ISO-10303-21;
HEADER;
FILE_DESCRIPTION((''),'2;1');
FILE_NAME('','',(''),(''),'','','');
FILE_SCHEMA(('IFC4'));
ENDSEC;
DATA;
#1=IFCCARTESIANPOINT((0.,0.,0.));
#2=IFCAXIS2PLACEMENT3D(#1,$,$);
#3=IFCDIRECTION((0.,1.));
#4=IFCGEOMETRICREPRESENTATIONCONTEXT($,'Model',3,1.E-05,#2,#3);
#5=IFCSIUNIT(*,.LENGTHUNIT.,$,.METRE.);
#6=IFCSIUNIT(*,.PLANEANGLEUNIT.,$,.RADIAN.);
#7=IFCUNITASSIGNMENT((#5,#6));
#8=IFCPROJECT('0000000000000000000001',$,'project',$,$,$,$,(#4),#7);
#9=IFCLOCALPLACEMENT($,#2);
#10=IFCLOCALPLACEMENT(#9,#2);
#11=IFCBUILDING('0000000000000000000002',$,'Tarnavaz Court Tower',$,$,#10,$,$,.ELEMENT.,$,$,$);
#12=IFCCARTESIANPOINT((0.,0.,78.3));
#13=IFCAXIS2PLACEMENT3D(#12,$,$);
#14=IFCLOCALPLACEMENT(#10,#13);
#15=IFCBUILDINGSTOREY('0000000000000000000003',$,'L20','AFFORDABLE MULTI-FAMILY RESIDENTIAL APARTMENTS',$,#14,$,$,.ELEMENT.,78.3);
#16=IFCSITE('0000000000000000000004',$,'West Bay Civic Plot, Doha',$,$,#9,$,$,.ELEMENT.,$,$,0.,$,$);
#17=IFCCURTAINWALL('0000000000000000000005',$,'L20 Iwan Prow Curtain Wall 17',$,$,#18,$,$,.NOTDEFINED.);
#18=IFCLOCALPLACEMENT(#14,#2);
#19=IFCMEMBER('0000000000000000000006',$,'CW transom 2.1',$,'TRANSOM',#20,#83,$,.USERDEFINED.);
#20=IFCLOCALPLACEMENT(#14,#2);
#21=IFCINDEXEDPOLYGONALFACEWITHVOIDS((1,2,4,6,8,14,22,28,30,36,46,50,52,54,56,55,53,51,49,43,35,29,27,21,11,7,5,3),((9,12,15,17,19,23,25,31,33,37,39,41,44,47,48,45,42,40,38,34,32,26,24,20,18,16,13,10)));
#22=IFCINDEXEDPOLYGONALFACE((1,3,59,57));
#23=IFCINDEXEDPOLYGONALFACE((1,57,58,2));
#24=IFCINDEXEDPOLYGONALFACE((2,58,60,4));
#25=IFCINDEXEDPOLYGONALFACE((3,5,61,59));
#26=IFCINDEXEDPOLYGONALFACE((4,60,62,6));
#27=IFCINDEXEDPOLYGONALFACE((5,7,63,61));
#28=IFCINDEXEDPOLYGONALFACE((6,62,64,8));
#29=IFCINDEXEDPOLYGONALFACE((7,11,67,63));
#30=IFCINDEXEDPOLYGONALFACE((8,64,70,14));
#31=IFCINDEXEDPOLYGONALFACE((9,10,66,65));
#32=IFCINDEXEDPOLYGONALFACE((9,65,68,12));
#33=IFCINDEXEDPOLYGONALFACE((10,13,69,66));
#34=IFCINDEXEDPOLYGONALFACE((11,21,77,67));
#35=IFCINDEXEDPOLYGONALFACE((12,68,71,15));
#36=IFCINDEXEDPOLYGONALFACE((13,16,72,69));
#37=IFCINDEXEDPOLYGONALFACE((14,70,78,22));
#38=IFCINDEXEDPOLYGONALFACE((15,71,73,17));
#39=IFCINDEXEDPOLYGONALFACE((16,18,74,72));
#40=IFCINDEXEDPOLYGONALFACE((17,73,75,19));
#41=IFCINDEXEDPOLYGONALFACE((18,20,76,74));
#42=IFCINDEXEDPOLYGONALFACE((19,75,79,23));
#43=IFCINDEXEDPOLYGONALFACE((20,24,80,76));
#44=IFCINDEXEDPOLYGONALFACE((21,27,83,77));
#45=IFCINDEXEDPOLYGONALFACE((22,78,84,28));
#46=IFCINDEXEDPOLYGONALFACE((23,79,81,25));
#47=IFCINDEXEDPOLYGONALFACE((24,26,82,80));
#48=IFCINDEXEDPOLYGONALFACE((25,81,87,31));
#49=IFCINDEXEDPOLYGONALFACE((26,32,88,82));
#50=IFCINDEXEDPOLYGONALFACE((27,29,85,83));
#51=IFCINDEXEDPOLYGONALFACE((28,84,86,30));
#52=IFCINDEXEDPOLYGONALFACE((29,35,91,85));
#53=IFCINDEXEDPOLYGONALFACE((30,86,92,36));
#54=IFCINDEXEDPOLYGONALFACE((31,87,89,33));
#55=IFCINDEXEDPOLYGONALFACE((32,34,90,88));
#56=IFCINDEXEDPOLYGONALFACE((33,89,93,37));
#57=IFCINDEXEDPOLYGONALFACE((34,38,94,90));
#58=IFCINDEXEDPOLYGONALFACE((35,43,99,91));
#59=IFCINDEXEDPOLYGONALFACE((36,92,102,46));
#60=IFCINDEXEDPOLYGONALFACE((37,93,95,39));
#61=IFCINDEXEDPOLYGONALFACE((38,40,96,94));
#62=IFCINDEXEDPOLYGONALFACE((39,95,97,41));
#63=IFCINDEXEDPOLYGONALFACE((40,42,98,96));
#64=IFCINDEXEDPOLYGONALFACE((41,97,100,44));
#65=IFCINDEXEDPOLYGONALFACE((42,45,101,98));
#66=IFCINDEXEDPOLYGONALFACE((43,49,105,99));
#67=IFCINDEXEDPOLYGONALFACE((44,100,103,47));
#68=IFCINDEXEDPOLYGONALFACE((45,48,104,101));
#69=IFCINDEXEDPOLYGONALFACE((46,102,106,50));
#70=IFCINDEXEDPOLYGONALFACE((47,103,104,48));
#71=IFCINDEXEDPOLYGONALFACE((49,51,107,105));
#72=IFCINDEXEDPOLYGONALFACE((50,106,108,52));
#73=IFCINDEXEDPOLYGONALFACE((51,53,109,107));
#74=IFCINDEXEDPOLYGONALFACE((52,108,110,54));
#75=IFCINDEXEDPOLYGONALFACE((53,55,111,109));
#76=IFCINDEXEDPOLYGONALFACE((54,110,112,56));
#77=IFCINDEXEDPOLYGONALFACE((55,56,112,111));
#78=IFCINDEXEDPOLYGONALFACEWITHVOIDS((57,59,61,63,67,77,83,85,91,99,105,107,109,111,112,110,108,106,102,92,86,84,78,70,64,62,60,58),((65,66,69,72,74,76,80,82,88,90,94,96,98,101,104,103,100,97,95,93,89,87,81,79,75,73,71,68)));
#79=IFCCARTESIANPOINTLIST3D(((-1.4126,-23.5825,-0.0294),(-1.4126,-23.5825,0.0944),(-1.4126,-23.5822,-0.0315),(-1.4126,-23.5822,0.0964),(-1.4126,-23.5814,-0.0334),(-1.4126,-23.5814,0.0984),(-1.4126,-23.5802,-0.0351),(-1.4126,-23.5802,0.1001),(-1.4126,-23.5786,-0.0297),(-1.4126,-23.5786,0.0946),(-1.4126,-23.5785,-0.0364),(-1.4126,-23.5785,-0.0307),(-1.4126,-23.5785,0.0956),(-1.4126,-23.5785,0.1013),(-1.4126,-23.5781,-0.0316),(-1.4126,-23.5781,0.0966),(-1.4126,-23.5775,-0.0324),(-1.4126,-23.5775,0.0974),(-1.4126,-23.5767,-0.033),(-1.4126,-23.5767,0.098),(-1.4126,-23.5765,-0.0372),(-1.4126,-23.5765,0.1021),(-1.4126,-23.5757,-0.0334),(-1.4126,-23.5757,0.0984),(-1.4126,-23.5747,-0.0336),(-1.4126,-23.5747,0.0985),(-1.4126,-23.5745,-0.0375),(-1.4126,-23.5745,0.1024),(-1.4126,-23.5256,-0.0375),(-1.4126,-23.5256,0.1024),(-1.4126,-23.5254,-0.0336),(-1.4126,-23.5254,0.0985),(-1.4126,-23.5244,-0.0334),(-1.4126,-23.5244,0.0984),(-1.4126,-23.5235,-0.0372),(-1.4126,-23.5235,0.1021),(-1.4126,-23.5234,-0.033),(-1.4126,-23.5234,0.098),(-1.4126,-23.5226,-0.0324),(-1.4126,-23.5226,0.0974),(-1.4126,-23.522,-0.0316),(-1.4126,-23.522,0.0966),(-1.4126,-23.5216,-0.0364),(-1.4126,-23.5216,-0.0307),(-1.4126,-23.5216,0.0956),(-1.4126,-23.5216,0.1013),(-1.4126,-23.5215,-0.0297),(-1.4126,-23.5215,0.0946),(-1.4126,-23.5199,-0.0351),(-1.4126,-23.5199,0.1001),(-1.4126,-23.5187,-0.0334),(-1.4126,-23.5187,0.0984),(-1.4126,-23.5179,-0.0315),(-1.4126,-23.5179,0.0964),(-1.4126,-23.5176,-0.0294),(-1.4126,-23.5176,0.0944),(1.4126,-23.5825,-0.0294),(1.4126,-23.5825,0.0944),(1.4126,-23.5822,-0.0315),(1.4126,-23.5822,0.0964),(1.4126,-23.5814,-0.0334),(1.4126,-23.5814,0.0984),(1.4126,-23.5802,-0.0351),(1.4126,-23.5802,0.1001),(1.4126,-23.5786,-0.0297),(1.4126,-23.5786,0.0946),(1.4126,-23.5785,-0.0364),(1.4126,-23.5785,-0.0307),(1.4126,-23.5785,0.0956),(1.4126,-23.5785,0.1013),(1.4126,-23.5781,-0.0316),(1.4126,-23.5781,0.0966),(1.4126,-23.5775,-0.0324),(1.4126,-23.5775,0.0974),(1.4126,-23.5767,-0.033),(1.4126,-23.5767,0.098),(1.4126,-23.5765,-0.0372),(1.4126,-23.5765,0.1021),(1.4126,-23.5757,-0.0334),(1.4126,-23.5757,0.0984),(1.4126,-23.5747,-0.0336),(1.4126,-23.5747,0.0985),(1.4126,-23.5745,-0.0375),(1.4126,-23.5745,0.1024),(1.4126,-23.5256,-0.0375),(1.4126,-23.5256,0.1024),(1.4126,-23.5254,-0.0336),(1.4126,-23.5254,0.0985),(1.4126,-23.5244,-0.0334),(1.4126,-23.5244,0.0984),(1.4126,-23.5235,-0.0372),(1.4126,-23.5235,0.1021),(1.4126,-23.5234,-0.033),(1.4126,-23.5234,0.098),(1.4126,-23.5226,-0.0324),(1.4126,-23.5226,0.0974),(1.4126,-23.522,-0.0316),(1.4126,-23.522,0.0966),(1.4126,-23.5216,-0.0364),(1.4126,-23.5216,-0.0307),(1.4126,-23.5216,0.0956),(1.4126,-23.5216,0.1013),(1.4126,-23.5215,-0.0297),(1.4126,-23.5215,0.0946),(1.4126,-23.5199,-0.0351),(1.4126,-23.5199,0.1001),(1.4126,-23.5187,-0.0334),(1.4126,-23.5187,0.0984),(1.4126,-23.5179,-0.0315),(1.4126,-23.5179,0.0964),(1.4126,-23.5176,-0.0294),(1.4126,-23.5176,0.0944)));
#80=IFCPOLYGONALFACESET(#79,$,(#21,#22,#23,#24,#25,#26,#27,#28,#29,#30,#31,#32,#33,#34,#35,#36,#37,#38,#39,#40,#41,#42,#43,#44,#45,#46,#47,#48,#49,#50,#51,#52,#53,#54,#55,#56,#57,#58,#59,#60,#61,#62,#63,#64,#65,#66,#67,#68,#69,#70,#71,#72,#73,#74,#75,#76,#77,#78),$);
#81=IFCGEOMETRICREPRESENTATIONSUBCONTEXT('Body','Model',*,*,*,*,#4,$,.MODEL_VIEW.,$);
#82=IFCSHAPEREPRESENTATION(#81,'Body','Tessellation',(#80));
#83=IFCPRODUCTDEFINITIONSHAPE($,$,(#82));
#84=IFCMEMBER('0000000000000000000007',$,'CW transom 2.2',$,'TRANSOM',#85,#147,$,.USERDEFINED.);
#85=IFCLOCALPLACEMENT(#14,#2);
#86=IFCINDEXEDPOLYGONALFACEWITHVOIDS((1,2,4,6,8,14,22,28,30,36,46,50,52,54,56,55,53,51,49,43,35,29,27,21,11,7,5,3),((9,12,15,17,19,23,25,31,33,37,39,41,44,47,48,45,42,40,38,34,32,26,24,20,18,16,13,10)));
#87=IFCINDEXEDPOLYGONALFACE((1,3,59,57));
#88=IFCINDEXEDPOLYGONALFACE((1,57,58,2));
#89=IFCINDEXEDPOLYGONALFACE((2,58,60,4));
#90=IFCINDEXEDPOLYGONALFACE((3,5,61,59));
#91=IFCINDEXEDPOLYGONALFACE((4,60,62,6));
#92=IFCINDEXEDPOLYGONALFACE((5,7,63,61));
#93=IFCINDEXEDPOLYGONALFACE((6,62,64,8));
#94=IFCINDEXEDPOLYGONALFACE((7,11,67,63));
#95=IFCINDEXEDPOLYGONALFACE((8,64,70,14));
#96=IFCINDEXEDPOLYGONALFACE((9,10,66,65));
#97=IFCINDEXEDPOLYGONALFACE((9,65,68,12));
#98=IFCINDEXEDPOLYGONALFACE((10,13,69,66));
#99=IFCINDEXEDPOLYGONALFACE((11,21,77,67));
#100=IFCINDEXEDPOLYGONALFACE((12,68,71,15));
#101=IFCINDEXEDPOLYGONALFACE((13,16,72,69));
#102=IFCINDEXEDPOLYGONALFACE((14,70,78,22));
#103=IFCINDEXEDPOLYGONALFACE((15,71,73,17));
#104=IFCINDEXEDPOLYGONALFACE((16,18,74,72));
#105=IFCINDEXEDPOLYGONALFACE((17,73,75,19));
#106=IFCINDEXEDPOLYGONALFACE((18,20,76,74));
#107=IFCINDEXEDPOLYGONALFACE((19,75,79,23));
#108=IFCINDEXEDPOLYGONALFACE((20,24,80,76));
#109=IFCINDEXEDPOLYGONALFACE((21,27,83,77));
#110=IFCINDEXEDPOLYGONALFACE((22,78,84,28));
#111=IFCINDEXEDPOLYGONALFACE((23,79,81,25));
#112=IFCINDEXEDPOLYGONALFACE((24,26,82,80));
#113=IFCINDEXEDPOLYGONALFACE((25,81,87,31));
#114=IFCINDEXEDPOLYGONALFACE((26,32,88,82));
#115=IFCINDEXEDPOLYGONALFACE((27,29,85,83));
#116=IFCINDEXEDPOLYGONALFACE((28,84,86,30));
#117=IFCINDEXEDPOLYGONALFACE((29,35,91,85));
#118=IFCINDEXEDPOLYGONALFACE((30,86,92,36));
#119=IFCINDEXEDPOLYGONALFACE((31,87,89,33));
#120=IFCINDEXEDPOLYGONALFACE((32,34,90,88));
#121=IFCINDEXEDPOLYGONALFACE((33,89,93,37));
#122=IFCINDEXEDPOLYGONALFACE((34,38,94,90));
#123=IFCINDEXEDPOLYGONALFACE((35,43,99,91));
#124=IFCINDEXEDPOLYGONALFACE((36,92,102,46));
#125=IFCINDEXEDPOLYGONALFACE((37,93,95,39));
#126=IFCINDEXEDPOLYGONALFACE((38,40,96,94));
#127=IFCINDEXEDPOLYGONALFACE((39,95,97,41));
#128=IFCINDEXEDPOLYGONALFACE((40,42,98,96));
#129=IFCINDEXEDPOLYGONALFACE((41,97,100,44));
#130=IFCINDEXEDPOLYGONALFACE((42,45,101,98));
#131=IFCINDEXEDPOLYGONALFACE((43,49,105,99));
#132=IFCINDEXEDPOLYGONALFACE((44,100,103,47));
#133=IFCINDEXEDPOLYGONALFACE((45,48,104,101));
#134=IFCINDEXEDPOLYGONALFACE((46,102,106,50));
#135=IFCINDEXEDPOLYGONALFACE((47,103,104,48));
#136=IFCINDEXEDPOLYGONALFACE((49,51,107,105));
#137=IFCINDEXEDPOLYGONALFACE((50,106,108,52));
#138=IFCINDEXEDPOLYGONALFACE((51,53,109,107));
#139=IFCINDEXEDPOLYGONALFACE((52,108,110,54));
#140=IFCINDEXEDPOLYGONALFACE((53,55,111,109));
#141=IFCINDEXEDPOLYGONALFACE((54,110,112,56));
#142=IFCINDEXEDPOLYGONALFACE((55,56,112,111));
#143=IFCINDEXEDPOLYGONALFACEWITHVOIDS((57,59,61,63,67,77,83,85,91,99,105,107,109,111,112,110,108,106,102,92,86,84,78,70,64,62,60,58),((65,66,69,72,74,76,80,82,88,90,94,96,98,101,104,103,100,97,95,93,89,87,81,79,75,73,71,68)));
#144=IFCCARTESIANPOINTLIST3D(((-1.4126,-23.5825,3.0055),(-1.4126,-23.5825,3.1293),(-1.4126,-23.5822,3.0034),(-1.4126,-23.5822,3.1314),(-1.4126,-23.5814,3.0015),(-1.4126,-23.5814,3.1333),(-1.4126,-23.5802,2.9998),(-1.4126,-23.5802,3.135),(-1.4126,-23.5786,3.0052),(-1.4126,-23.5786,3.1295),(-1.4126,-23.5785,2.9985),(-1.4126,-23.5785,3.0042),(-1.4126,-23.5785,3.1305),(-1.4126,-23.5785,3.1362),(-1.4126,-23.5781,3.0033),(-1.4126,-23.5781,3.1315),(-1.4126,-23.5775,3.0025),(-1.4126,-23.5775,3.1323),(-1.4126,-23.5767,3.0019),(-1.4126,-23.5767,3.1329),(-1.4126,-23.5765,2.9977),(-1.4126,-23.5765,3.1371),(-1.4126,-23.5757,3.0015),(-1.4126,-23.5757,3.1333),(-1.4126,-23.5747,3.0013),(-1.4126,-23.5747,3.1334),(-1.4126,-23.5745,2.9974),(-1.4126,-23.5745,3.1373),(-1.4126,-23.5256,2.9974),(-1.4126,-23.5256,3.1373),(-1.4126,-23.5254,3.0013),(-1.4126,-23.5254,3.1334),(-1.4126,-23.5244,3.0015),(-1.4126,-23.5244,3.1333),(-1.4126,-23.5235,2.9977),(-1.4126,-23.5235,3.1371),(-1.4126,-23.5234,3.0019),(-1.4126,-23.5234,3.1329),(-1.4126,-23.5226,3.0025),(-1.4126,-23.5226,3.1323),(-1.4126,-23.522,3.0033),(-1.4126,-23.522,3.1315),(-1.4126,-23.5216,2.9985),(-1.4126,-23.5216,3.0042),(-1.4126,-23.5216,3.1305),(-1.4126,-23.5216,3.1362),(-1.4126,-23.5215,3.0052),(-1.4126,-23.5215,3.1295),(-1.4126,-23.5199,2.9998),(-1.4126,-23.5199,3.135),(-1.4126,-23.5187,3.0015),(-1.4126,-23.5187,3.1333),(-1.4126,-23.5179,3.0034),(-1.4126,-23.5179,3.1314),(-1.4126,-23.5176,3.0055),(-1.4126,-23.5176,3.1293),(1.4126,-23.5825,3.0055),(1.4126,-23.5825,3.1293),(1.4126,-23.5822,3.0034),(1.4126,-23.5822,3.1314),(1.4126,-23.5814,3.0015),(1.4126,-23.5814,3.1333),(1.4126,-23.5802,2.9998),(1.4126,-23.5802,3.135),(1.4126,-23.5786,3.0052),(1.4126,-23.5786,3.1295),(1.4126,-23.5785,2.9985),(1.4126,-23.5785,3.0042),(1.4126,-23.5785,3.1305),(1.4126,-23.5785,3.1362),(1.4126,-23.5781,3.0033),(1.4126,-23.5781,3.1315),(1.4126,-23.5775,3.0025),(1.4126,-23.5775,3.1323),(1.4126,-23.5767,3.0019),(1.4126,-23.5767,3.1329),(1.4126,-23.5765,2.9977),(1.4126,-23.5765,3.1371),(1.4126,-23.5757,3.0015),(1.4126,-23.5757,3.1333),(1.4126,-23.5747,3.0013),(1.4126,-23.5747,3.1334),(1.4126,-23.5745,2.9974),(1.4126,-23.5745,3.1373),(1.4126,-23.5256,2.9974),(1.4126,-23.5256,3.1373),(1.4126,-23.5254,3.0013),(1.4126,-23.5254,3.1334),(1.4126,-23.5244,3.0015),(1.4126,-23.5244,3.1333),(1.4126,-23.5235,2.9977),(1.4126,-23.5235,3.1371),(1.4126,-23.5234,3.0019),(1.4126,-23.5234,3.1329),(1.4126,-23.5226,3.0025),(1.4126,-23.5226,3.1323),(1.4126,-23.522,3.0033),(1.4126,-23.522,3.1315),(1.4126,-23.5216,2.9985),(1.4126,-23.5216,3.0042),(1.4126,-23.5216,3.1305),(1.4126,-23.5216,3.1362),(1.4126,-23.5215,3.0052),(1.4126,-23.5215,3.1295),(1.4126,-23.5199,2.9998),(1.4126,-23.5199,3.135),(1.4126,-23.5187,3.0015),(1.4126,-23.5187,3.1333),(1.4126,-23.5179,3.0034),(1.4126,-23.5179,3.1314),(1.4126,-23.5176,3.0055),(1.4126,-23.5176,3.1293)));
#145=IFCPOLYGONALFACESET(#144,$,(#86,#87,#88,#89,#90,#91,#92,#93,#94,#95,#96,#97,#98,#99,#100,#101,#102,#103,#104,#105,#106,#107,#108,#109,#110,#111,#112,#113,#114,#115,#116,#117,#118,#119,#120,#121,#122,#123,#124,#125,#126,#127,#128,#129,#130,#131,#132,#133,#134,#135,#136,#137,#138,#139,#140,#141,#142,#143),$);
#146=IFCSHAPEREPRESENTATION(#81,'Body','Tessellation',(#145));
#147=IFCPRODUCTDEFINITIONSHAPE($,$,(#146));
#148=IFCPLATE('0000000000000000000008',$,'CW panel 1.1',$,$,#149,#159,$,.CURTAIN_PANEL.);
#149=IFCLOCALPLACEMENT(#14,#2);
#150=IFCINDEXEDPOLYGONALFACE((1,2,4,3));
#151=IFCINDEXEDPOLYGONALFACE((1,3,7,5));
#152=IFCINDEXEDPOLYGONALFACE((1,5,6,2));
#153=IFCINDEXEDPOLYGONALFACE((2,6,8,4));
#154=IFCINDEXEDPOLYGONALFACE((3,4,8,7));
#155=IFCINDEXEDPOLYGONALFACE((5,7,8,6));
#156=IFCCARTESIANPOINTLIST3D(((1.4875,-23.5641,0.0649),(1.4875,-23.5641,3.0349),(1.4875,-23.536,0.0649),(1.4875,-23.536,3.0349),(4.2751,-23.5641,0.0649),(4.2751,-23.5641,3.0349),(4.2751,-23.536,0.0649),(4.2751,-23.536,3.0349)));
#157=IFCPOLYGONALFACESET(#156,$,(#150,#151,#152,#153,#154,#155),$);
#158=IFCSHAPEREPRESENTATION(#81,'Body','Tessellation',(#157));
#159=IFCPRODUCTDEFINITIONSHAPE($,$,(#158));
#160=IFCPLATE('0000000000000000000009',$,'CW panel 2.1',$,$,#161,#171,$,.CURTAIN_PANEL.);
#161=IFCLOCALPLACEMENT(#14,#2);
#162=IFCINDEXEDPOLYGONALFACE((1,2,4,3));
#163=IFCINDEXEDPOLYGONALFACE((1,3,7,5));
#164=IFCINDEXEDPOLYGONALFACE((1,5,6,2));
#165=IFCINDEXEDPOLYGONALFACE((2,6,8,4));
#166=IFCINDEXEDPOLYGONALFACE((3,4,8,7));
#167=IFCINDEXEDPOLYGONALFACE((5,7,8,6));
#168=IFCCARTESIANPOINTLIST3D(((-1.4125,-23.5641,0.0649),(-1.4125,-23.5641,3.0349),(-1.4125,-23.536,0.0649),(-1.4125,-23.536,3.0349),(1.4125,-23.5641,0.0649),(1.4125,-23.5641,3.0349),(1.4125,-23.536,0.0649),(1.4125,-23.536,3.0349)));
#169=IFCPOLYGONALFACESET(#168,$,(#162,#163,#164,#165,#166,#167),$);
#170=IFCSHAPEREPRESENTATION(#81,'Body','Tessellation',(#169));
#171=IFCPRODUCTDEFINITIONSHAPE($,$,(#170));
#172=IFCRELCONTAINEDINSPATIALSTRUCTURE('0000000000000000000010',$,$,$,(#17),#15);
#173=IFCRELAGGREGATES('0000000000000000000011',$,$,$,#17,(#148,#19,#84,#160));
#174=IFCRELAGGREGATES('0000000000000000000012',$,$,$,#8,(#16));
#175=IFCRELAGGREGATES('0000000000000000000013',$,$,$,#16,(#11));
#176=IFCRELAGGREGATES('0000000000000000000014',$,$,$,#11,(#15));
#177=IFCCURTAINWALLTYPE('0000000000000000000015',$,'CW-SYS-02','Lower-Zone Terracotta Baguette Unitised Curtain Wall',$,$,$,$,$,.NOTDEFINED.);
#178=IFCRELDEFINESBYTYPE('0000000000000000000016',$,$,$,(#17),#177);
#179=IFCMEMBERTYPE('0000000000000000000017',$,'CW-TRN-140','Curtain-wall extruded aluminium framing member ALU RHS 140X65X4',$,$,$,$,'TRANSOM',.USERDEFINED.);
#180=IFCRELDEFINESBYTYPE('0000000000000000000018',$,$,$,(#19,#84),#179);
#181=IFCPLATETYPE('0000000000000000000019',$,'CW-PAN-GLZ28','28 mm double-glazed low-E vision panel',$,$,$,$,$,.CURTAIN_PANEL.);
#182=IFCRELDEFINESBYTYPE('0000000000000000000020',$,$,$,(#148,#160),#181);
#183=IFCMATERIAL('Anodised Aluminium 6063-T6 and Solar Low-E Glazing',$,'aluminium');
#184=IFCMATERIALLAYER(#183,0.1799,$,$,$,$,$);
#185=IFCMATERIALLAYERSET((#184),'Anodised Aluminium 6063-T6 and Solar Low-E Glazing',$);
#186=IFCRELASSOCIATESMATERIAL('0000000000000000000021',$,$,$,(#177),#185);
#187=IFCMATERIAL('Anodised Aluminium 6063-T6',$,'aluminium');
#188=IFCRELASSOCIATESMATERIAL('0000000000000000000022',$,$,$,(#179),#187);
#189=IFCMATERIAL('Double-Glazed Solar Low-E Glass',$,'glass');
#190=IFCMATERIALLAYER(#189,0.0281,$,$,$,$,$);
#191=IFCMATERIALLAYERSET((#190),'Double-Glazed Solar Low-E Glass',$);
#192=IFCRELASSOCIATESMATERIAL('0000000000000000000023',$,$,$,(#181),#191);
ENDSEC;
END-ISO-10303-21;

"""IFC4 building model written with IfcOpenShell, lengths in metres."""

from ifc_helpers import new_model, si_unit, direction, frame, origin, origin_2d, place, context, subcontext, project, spatial, rectangle, hollow_rectangle, extrude, material, layer, layer_set, material_profile, profile_set, type_object, element, aggregate, save


model = new_model("IFC4")

# Units and contexts
model_context = context("Model", 3, precision=1e-05, world=origin(), true_north=direction((0.0, 1.0)))
body_context = subcontext(model_context, "Body", "Model", "MODEL_VIEW")
ifc_project = project(units=[si_unit("LENGTHUNIT", "METRE"), si_unit("PLANEANGLEUNIT", "RADIAN")], contexts=[model_context])

# Site, building, storey
site_placement = place(None, origin())
site = spatial("IfcSite", under=ifc_project, at=site_placement, Name="West Bay Civic Plot, Doha", CompositionType="ELEMENT", RefElevation=0.0)
building_placement = place(site_placement, origin())
building = spatial("IfcBuilding", under=site, at=building_placement, Name="Tarnavaz Court Tower", CompositionType="ELEMENT")
storey_placement = place(building_placement, frame((0.0, 0.0, 78.3)))
storey = spatial("IfcBuildingStorey", under=building, at=storey_placement, Name="L20", Description="AFFORDABLE MULTI-FAMILY RESIDENTIAL APARTMENTS", CompositionType="ELEMENT", Elevation=78.3)

# Curtain wall, members, plates
ifc_material_1 = material(Name="Anodised Aluminium 6063-T6 and Solar Low-E Glazing", Category="aluminium")
ifc_layer_1 = layer(ifc_material_1, 0.1799)
ifc_layer_set_1 = layer_set([ifc_layer_1], Name="Anodised Aluminium 6063-T6 and Solar Low-E Glazing")
curtain_wall_type = type_object("IfcCurtainWallType", Name="CW-SYS-02", Description="Lower-Zone Terracotta Baguette Unitised Curtain Wall", PredefinedType="NOTDEFINED", material=ifc_layer_set_1)
curtain_wall_placement = place(storey_placement, origin())
curtain_wall = element("IfcCurtainWall", 1, at=curtain_wall_placement, inside=storey, type_object=curtain_wall_type, Name="L20 Iwan Prow Curtain Wall 17", PredefinedType="NOTDEFINED")
ifc_material_2 = material(Name="Anodised Aluminium 6063-T6", Category="aluminium")
ifc_material_profile_1 = material_profile(ifc_material_2, hollow_rectangle(XDim=0.0649, YDim=0.1399, WallThickness=0.0039, InnerFilletRadius=0.0039, OuterFilletRadius=0.0081, at=origin_2d()), Name="ALU RHS 140X65X4")
ifc_profile_set_1 = profile_set([ifc_material_profile_1], Name="Anodised Aluminium 6063-T6")
member_type_1 = type_object("IfcMemberType", Name="CW-TRN-140", Description="Curtain-wall extruded aluminium framing member ALU RHS 140X65X4", ElementType="TRANSOM", PredefinedType="USERDEFINED", material=ifc_profile_set_1)
member_1_placement = place(storey_placement, frame((1.4126, -23.55, 0.0325), z_axis=(-1.0, 0.0, 0.0), x_axis=(0.0, -1.0, 0.0)))
member_1 = element("IfcMember", 2, at=member_1_placement, type_object=member_type_1, Name="CW transom 2.1", ObjectType="TRANSOM", PredefinedType="USERDEFINED", context=body_context, shape_type="SweptSolid", body=[
    extrude(hollow_rectangle(XDim=0.0649, YDim=0.1399, WallThickness=0.0039, InnerFilletRadius=0.0039, OuterFilletRadius=0.0081, at=origin_2d()), origin(), (0.0, 0.0, 1.0), 2.8252),
])
member_2_placement = place(storey_placement, frame((1.4126, -23.55, 3.0674), z_axis=(-1.0, 0.0, 0.0), x_axis=(0.0, -1.0, 0.0)))
member_2 = element("IfcMember", 3, at=member_2_placement, type_object=member_type_1, Name="CW transom 2.2", ObjectType="TRANSOM", PredefinedType="USERDEFINED", context=body_context, shape_type="SweptSolid", body=[
    extrude(hollow_rectangle(XDim=0.0649, YDim=0.1399, WallThickness=0.0039, InnerFilletRadius=0.0039, OuterFilletRadius=0.0081, at=origin_2d()), origin(), (0.0, 0.0, 1.0), 2.8252),
])
ifc_material_3 = material(Name="Double-Glazed Solar Low-E Glass", Category="glass")
ifc_layer_2 = layer(ifc_material_3, 0.0281)
ifc_layer_set_2 = layer_set([ifc_layer_2], Name="Double-Glazed Solar Low-E Glass")
plate_type = type_object("IfcPlateType", Name="CW-PAN-GLZ28", Description="28 mm double-glazed low-E vision panel", PredefinedType="CURTAIN_PANEL", material=ifc_layer_set_2)
plate_1_placement = place(storey_placement, frame((2.8813, -23.55, 0.0649), z_axis=(0.0, 0.0, 1.0), x_axis=(-1.0, 0.0, 0.0)))
plate_1 = element("IfcPlate", 4, at=plate_1_placement, type_object=plate_type, Name="CW panel 1.1", PredefinedType="CURTAIN_PANEL", context=body_context, shape_type="SweptSolid", body=[
    extrude(rectangle(XDim=2.7876, YDim=0.0281, at=origin_2d()), origin(), (0.0, 0.0, 1.0), 2.97),
])
plate_2_placement = place(storey_placement, frame((0.0, -23.55, 0.0649), z_axis=(0.0, 0.0, 1.0), x_axis=(-1.0, 0.0, 0.0)))
plate_2 = element("IfcPlate", 5, at=plate_2_placement, type_object=plate_type, Name="CW panel 2.1", PredefinedType="CURTAIN_PANEL", context=body_context, shape_type="SweptSolid", body=[
    extrude(rectangle(XDim=2.825, YDim=0.0281, at=origin_2d()), origin(), (0.0, 0.0, 1.0), 2.97),
])
aggregate(curtain_wall, [plate_1, member_1, member_2, plate_2])

save(model, "model.ifc")
